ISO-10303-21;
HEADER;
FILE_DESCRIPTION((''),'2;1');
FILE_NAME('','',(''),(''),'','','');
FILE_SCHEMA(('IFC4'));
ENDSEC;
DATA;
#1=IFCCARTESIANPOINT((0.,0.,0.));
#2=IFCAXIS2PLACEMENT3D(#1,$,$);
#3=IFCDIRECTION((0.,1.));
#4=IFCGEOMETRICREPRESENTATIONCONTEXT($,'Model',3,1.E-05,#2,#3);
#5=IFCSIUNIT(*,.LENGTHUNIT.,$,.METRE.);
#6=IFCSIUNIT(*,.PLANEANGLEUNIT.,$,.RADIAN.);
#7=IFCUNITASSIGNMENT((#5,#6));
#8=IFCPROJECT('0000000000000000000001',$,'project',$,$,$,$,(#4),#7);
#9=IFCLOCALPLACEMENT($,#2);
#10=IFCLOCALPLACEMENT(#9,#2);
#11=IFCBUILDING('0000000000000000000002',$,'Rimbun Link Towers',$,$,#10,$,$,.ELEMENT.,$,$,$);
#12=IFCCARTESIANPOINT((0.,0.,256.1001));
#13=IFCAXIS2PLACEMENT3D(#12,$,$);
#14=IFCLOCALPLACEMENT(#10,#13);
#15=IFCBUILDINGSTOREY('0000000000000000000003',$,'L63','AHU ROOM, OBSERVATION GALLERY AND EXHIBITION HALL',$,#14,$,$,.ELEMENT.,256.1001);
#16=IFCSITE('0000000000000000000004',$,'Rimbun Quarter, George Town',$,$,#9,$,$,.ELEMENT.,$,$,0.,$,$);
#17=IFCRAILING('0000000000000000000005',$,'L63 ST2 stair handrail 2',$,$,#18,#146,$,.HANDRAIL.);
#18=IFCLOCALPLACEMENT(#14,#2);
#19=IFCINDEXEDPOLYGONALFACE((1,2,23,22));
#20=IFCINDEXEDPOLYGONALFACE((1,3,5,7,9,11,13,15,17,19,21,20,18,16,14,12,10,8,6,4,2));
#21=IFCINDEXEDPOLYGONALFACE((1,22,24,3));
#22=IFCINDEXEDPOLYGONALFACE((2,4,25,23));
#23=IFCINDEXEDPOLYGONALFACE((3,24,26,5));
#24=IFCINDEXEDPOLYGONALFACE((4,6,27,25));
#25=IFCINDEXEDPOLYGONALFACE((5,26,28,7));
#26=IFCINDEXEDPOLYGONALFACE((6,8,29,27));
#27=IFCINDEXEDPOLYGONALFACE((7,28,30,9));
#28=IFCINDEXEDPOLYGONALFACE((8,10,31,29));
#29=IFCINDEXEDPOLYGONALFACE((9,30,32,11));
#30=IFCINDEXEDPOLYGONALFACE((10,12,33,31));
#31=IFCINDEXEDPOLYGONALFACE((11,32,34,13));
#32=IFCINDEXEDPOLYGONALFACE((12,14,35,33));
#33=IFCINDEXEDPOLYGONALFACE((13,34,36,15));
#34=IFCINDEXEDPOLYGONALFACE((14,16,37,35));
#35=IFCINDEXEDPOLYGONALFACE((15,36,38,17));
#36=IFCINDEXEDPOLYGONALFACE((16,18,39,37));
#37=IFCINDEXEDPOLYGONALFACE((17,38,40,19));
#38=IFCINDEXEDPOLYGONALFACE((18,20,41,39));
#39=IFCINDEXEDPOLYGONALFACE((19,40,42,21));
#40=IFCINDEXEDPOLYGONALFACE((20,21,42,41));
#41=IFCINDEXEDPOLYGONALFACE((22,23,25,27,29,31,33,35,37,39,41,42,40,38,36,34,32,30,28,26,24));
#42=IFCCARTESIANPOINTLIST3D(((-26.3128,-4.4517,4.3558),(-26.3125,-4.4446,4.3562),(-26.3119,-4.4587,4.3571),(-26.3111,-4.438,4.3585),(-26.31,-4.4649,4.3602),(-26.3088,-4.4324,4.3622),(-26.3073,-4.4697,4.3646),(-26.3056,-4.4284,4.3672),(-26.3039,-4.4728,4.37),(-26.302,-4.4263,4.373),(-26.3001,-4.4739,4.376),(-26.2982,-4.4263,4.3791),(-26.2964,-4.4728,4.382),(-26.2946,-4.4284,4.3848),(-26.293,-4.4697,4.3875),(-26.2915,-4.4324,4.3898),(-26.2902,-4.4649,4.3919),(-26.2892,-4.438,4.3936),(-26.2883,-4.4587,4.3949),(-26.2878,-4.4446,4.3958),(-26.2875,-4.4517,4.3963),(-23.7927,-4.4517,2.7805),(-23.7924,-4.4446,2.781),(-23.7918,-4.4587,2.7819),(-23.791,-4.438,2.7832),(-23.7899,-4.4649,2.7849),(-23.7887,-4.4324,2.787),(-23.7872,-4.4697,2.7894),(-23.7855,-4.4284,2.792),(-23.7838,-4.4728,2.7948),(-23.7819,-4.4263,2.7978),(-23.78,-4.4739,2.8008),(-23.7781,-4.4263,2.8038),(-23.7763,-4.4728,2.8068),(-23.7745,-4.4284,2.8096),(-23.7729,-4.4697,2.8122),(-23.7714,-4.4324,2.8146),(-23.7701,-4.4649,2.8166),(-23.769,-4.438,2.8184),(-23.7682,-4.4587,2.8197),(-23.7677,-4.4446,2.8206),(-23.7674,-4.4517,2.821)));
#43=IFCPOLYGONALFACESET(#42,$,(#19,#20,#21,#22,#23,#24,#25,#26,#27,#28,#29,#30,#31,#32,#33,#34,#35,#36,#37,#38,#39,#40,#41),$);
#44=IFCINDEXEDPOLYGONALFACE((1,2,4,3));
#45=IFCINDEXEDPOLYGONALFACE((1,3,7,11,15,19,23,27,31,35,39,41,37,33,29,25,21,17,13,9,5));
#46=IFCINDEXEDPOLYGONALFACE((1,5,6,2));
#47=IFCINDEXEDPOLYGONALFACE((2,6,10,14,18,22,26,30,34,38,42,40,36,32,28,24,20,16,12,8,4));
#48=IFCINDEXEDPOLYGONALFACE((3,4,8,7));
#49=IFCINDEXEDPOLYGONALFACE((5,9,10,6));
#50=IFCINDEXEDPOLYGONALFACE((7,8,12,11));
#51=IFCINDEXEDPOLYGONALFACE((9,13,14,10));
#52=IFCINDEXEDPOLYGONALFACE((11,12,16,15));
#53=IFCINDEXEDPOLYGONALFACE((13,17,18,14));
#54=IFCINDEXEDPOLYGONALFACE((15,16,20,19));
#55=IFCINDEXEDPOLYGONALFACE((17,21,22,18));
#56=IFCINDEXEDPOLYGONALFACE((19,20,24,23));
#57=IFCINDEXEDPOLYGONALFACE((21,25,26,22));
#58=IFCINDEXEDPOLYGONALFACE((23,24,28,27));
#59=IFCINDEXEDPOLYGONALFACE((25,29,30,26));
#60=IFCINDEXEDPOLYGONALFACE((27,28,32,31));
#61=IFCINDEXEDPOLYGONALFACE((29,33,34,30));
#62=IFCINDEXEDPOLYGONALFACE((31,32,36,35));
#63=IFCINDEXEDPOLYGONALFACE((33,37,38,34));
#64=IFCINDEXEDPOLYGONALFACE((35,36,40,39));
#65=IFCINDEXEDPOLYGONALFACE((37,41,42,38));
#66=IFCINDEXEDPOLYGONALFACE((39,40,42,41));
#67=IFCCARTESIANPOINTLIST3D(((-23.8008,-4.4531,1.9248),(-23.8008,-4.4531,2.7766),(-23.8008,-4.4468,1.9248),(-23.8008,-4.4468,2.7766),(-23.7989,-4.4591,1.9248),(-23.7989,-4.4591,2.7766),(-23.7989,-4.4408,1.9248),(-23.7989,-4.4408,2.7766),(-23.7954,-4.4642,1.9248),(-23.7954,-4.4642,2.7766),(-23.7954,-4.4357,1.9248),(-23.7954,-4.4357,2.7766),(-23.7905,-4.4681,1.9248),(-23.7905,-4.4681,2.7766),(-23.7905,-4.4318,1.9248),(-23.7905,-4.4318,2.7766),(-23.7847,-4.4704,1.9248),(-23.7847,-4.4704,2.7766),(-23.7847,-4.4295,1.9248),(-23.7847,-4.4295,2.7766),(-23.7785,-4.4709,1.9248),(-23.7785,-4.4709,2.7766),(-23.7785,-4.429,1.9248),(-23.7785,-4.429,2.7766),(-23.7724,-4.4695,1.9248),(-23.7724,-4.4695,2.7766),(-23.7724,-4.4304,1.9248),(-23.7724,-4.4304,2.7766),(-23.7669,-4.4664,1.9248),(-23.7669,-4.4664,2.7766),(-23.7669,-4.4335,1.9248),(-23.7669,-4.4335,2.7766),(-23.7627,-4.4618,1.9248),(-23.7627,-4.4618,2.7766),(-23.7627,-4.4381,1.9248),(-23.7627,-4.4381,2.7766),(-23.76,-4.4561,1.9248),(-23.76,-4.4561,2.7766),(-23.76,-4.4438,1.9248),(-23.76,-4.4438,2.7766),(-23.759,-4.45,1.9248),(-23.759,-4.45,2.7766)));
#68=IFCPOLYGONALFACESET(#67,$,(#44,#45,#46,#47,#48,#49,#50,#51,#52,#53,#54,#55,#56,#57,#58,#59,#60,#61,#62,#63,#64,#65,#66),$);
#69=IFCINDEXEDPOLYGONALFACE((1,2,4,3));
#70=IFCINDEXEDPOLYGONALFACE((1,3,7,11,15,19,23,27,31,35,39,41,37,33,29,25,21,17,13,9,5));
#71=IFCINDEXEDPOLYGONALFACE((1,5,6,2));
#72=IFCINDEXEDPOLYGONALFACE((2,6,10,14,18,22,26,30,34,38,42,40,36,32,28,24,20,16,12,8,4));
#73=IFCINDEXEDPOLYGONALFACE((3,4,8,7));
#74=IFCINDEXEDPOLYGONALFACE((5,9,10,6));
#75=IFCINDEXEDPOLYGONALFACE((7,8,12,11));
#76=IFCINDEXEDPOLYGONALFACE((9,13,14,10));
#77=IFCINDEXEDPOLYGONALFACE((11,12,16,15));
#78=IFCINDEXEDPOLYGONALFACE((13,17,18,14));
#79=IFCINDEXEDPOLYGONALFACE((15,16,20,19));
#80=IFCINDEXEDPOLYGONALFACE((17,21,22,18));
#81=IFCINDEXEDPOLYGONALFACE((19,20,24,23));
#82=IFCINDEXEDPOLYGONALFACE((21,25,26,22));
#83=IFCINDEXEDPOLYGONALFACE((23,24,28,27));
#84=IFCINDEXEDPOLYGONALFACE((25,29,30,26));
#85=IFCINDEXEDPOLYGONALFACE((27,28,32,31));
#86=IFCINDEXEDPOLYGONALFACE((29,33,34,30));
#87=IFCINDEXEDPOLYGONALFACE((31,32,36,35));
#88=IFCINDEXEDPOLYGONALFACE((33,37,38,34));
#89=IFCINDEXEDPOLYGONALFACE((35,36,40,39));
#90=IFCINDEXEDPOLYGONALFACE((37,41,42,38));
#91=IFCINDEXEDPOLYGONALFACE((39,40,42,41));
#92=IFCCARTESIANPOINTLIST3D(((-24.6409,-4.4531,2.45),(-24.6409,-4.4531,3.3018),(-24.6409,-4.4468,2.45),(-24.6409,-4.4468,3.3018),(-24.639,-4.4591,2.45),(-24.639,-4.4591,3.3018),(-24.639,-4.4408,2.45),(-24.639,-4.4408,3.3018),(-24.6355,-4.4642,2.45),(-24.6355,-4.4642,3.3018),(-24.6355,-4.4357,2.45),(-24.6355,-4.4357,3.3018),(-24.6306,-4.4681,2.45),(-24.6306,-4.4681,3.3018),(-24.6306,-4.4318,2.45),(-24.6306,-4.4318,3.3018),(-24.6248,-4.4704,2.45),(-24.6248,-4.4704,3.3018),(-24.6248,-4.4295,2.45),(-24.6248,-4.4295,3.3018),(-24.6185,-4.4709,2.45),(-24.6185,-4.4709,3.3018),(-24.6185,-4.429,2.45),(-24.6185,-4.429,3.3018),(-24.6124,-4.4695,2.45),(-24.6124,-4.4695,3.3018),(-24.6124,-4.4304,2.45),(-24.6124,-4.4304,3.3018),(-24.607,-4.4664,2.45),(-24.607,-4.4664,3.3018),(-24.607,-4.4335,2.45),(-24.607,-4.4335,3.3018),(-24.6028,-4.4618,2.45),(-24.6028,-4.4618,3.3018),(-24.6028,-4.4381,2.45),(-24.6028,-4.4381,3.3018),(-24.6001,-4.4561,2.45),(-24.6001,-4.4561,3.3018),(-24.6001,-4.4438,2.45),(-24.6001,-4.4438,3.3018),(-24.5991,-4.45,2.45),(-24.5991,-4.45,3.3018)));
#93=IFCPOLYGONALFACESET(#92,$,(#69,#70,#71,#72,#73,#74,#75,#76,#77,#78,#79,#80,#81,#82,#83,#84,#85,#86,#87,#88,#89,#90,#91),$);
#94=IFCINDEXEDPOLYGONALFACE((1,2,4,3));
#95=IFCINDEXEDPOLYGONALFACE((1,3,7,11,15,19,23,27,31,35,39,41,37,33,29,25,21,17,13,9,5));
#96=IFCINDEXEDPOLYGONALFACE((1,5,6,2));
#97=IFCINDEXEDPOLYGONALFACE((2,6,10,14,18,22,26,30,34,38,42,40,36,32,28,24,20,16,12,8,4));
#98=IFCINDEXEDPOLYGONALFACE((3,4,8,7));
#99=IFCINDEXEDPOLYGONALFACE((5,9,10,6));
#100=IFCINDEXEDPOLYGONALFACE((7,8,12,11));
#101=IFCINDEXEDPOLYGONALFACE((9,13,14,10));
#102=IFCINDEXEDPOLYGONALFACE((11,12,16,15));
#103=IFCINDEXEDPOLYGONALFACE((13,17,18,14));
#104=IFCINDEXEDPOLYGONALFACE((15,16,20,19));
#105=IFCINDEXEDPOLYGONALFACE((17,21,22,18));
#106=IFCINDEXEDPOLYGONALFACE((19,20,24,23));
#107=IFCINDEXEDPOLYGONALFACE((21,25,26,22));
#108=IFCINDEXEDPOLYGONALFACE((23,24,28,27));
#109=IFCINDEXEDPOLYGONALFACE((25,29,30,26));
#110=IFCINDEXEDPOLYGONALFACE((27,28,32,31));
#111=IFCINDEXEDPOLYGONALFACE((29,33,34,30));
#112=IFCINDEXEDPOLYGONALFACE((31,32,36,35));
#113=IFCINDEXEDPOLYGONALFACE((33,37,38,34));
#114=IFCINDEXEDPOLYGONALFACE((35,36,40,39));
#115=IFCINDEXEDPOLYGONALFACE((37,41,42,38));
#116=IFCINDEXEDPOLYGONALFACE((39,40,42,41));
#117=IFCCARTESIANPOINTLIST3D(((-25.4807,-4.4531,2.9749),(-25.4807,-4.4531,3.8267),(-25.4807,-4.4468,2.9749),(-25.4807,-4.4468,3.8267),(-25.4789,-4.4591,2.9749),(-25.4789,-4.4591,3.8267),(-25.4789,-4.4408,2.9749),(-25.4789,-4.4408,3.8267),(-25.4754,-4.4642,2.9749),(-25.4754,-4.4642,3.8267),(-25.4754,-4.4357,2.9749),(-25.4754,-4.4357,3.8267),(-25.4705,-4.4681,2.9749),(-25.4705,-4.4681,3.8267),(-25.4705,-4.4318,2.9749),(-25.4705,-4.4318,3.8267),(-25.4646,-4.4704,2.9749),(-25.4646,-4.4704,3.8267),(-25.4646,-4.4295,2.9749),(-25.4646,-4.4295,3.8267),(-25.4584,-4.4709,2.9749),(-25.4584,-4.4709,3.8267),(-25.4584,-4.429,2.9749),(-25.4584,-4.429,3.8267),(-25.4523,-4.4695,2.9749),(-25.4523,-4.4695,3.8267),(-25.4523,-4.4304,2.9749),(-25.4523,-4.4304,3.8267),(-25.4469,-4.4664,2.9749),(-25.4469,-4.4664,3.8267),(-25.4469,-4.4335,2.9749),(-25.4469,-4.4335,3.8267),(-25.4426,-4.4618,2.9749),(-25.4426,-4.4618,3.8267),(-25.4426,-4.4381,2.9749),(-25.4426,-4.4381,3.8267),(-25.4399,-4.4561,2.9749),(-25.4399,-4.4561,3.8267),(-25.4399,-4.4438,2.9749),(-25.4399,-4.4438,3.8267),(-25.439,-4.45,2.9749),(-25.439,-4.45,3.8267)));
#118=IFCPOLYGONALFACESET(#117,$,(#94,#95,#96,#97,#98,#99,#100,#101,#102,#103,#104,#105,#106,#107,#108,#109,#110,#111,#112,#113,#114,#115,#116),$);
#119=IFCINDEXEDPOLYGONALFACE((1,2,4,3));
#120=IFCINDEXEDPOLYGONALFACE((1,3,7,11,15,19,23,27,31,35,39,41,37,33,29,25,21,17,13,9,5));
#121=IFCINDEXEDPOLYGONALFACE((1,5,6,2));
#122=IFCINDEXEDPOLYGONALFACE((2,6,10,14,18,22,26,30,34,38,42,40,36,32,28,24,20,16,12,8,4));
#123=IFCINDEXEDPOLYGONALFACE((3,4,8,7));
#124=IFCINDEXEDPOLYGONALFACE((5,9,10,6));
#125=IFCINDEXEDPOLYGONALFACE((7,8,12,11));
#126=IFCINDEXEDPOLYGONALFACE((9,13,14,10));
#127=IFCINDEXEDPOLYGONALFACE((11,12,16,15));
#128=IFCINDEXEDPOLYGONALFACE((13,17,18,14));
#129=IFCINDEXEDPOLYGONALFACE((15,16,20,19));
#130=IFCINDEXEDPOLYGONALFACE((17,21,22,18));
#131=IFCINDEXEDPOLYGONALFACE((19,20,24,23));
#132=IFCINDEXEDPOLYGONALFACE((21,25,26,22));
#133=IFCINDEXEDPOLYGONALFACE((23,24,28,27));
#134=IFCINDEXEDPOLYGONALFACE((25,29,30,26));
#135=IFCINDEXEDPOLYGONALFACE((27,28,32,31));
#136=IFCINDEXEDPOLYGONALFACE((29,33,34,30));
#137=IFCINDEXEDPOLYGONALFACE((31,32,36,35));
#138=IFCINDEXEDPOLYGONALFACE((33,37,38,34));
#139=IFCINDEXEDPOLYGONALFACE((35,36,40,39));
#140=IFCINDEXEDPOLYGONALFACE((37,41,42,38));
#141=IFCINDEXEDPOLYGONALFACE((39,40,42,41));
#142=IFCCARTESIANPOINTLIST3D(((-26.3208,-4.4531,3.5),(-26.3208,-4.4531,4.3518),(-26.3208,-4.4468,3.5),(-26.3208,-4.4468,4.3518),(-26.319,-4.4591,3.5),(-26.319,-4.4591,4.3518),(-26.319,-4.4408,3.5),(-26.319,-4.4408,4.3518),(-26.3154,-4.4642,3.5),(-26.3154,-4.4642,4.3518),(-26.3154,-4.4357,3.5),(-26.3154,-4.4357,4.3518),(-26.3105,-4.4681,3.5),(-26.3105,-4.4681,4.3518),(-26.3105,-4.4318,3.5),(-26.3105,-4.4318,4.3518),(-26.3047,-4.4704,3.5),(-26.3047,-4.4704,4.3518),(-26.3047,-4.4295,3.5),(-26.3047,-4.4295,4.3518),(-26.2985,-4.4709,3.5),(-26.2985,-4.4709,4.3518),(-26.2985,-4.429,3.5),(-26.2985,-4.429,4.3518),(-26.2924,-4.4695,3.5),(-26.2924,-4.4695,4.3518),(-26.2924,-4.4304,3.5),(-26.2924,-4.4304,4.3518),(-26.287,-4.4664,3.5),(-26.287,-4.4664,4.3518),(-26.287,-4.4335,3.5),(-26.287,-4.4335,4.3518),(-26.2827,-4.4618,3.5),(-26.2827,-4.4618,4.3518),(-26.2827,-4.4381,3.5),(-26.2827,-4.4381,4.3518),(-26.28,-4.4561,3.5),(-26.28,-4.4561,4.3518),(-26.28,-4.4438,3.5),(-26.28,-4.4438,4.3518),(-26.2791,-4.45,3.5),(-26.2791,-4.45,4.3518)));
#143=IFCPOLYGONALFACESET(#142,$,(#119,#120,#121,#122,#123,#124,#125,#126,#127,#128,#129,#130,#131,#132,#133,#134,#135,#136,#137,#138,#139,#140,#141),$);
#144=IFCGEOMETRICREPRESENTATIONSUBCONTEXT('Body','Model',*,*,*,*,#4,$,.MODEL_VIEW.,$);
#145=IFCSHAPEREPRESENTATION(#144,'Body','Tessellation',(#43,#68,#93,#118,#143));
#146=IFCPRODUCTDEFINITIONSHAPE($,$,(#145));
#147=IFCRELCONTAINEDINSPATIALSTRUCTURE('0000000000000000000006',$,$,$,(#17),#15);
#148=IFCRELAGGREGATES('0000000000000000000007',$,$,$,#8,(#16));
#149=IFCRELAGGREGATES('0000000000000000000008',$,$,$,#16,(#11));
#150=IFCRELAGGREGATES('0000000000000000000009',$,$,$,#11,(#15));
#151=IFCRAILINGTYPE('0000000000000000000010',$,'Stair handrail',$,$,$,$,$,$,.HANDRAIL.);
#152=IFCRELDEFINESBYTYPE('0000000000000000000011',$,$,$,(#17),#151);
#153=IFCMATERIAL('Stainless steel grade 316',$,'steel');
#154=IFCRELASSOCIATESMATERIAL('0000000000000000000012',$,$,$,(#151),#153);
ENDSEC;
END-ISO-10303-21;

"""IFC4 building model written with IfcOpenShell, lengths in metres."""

from ifc_helpers import new_model, si_unit, direction, frame, origin, origin_2d, place, context, subcontext, project, spatial, circle, extrude, material, type_object, element, save


model = new_model("IFC4")

# Units and contexts
model_context = context("Model", 3, precision=1e-05, world=origin(), true_north=direction((0.0, 1.0)))
body_context = subcontext(model_context, "Body", "Model", "MODEL_VIEW")
ifc_project = project(units=[si_unit("LENGTHUNIT", "METRE"), si_unit("PLANEANGLEUNIT", "RADIAN")], contexts=[model_context])

# Site, building, storey
site_placement = place(None, origin())
site = spatial("IfcSite", under=ifc_project, at=site_placement, Name="Rimbun Quarter, George Town", CompositionType="ELEMENT", RefElevation=0.0)
building_placement = place(site_placement, origin())
building = spatial("IfcBuilding", under=site, at=building_placement, Name="Rimbun Link Towers", CompositionType="ELEMENT")
storey_placement = place(building_placement, frame((0.0, 0.0, 256.1001)))
storey = spatial("IfcBuildingStorey", under=building, at=storey_placement, Name="L63", Description="AHU ROOM, OBSERVATION GALLERY AND EXHIBITION HALL", CompositionType="ELEMENT", Elevation=256.1001)

# Railing
ifc_material_1 = material(Name="Stainless steel grade 316", Category="steel")
railing_type_1 = type_object("IfcRailingType", Name="Stair handrail", PredefinedType="HANDRAIL", material=ifc_material_1)
railing_1_placement = place(storey_placement, frame((-23.78, -4.45, 1.9248)))
element("IfcRailing", 1, at=railing_1_placement, inside=storey, type_object=railing_type_1, Name="L63 ST2 stair handrail 2", PredefinedType="HANDRAIL", context=body_context, shape_type="SweptSolid", body=[
    extrude(circle(Radius=0.0239, at=origin_2d()), frame((0.0, 0.0, 0.876), z_axis=(-0.847971, 0.0, 0.530043), x_axis=(0.0, -1.0, 0.0)), (0.0, 0.0, 1.0), 2.9719),
    extrude(circle(Radius=0.021, at=origin_2d()), origin(), (0.0, 0.0, 1.0), 0.8518),
    extrude(circle(Radius=0.021, at=origin_2d()), frame((-0.8401, 0.0, 0.5251)), (0.0, 0.0, 1.0), 0.8518),
    extrude(circle(Radius=0.021, at=origin_2d()), frame((-1.6799, 0.0, 1.05)), (0.0, 0.0, 1.0), 0.8518),
    extrude(circle(Radius=0.021, at=origin_2d()), frame((-2.52, 0.0, 1.5752)), (0.0, 0.0, 1.0), 0.8518),
])

save(model, "model.ifc")
